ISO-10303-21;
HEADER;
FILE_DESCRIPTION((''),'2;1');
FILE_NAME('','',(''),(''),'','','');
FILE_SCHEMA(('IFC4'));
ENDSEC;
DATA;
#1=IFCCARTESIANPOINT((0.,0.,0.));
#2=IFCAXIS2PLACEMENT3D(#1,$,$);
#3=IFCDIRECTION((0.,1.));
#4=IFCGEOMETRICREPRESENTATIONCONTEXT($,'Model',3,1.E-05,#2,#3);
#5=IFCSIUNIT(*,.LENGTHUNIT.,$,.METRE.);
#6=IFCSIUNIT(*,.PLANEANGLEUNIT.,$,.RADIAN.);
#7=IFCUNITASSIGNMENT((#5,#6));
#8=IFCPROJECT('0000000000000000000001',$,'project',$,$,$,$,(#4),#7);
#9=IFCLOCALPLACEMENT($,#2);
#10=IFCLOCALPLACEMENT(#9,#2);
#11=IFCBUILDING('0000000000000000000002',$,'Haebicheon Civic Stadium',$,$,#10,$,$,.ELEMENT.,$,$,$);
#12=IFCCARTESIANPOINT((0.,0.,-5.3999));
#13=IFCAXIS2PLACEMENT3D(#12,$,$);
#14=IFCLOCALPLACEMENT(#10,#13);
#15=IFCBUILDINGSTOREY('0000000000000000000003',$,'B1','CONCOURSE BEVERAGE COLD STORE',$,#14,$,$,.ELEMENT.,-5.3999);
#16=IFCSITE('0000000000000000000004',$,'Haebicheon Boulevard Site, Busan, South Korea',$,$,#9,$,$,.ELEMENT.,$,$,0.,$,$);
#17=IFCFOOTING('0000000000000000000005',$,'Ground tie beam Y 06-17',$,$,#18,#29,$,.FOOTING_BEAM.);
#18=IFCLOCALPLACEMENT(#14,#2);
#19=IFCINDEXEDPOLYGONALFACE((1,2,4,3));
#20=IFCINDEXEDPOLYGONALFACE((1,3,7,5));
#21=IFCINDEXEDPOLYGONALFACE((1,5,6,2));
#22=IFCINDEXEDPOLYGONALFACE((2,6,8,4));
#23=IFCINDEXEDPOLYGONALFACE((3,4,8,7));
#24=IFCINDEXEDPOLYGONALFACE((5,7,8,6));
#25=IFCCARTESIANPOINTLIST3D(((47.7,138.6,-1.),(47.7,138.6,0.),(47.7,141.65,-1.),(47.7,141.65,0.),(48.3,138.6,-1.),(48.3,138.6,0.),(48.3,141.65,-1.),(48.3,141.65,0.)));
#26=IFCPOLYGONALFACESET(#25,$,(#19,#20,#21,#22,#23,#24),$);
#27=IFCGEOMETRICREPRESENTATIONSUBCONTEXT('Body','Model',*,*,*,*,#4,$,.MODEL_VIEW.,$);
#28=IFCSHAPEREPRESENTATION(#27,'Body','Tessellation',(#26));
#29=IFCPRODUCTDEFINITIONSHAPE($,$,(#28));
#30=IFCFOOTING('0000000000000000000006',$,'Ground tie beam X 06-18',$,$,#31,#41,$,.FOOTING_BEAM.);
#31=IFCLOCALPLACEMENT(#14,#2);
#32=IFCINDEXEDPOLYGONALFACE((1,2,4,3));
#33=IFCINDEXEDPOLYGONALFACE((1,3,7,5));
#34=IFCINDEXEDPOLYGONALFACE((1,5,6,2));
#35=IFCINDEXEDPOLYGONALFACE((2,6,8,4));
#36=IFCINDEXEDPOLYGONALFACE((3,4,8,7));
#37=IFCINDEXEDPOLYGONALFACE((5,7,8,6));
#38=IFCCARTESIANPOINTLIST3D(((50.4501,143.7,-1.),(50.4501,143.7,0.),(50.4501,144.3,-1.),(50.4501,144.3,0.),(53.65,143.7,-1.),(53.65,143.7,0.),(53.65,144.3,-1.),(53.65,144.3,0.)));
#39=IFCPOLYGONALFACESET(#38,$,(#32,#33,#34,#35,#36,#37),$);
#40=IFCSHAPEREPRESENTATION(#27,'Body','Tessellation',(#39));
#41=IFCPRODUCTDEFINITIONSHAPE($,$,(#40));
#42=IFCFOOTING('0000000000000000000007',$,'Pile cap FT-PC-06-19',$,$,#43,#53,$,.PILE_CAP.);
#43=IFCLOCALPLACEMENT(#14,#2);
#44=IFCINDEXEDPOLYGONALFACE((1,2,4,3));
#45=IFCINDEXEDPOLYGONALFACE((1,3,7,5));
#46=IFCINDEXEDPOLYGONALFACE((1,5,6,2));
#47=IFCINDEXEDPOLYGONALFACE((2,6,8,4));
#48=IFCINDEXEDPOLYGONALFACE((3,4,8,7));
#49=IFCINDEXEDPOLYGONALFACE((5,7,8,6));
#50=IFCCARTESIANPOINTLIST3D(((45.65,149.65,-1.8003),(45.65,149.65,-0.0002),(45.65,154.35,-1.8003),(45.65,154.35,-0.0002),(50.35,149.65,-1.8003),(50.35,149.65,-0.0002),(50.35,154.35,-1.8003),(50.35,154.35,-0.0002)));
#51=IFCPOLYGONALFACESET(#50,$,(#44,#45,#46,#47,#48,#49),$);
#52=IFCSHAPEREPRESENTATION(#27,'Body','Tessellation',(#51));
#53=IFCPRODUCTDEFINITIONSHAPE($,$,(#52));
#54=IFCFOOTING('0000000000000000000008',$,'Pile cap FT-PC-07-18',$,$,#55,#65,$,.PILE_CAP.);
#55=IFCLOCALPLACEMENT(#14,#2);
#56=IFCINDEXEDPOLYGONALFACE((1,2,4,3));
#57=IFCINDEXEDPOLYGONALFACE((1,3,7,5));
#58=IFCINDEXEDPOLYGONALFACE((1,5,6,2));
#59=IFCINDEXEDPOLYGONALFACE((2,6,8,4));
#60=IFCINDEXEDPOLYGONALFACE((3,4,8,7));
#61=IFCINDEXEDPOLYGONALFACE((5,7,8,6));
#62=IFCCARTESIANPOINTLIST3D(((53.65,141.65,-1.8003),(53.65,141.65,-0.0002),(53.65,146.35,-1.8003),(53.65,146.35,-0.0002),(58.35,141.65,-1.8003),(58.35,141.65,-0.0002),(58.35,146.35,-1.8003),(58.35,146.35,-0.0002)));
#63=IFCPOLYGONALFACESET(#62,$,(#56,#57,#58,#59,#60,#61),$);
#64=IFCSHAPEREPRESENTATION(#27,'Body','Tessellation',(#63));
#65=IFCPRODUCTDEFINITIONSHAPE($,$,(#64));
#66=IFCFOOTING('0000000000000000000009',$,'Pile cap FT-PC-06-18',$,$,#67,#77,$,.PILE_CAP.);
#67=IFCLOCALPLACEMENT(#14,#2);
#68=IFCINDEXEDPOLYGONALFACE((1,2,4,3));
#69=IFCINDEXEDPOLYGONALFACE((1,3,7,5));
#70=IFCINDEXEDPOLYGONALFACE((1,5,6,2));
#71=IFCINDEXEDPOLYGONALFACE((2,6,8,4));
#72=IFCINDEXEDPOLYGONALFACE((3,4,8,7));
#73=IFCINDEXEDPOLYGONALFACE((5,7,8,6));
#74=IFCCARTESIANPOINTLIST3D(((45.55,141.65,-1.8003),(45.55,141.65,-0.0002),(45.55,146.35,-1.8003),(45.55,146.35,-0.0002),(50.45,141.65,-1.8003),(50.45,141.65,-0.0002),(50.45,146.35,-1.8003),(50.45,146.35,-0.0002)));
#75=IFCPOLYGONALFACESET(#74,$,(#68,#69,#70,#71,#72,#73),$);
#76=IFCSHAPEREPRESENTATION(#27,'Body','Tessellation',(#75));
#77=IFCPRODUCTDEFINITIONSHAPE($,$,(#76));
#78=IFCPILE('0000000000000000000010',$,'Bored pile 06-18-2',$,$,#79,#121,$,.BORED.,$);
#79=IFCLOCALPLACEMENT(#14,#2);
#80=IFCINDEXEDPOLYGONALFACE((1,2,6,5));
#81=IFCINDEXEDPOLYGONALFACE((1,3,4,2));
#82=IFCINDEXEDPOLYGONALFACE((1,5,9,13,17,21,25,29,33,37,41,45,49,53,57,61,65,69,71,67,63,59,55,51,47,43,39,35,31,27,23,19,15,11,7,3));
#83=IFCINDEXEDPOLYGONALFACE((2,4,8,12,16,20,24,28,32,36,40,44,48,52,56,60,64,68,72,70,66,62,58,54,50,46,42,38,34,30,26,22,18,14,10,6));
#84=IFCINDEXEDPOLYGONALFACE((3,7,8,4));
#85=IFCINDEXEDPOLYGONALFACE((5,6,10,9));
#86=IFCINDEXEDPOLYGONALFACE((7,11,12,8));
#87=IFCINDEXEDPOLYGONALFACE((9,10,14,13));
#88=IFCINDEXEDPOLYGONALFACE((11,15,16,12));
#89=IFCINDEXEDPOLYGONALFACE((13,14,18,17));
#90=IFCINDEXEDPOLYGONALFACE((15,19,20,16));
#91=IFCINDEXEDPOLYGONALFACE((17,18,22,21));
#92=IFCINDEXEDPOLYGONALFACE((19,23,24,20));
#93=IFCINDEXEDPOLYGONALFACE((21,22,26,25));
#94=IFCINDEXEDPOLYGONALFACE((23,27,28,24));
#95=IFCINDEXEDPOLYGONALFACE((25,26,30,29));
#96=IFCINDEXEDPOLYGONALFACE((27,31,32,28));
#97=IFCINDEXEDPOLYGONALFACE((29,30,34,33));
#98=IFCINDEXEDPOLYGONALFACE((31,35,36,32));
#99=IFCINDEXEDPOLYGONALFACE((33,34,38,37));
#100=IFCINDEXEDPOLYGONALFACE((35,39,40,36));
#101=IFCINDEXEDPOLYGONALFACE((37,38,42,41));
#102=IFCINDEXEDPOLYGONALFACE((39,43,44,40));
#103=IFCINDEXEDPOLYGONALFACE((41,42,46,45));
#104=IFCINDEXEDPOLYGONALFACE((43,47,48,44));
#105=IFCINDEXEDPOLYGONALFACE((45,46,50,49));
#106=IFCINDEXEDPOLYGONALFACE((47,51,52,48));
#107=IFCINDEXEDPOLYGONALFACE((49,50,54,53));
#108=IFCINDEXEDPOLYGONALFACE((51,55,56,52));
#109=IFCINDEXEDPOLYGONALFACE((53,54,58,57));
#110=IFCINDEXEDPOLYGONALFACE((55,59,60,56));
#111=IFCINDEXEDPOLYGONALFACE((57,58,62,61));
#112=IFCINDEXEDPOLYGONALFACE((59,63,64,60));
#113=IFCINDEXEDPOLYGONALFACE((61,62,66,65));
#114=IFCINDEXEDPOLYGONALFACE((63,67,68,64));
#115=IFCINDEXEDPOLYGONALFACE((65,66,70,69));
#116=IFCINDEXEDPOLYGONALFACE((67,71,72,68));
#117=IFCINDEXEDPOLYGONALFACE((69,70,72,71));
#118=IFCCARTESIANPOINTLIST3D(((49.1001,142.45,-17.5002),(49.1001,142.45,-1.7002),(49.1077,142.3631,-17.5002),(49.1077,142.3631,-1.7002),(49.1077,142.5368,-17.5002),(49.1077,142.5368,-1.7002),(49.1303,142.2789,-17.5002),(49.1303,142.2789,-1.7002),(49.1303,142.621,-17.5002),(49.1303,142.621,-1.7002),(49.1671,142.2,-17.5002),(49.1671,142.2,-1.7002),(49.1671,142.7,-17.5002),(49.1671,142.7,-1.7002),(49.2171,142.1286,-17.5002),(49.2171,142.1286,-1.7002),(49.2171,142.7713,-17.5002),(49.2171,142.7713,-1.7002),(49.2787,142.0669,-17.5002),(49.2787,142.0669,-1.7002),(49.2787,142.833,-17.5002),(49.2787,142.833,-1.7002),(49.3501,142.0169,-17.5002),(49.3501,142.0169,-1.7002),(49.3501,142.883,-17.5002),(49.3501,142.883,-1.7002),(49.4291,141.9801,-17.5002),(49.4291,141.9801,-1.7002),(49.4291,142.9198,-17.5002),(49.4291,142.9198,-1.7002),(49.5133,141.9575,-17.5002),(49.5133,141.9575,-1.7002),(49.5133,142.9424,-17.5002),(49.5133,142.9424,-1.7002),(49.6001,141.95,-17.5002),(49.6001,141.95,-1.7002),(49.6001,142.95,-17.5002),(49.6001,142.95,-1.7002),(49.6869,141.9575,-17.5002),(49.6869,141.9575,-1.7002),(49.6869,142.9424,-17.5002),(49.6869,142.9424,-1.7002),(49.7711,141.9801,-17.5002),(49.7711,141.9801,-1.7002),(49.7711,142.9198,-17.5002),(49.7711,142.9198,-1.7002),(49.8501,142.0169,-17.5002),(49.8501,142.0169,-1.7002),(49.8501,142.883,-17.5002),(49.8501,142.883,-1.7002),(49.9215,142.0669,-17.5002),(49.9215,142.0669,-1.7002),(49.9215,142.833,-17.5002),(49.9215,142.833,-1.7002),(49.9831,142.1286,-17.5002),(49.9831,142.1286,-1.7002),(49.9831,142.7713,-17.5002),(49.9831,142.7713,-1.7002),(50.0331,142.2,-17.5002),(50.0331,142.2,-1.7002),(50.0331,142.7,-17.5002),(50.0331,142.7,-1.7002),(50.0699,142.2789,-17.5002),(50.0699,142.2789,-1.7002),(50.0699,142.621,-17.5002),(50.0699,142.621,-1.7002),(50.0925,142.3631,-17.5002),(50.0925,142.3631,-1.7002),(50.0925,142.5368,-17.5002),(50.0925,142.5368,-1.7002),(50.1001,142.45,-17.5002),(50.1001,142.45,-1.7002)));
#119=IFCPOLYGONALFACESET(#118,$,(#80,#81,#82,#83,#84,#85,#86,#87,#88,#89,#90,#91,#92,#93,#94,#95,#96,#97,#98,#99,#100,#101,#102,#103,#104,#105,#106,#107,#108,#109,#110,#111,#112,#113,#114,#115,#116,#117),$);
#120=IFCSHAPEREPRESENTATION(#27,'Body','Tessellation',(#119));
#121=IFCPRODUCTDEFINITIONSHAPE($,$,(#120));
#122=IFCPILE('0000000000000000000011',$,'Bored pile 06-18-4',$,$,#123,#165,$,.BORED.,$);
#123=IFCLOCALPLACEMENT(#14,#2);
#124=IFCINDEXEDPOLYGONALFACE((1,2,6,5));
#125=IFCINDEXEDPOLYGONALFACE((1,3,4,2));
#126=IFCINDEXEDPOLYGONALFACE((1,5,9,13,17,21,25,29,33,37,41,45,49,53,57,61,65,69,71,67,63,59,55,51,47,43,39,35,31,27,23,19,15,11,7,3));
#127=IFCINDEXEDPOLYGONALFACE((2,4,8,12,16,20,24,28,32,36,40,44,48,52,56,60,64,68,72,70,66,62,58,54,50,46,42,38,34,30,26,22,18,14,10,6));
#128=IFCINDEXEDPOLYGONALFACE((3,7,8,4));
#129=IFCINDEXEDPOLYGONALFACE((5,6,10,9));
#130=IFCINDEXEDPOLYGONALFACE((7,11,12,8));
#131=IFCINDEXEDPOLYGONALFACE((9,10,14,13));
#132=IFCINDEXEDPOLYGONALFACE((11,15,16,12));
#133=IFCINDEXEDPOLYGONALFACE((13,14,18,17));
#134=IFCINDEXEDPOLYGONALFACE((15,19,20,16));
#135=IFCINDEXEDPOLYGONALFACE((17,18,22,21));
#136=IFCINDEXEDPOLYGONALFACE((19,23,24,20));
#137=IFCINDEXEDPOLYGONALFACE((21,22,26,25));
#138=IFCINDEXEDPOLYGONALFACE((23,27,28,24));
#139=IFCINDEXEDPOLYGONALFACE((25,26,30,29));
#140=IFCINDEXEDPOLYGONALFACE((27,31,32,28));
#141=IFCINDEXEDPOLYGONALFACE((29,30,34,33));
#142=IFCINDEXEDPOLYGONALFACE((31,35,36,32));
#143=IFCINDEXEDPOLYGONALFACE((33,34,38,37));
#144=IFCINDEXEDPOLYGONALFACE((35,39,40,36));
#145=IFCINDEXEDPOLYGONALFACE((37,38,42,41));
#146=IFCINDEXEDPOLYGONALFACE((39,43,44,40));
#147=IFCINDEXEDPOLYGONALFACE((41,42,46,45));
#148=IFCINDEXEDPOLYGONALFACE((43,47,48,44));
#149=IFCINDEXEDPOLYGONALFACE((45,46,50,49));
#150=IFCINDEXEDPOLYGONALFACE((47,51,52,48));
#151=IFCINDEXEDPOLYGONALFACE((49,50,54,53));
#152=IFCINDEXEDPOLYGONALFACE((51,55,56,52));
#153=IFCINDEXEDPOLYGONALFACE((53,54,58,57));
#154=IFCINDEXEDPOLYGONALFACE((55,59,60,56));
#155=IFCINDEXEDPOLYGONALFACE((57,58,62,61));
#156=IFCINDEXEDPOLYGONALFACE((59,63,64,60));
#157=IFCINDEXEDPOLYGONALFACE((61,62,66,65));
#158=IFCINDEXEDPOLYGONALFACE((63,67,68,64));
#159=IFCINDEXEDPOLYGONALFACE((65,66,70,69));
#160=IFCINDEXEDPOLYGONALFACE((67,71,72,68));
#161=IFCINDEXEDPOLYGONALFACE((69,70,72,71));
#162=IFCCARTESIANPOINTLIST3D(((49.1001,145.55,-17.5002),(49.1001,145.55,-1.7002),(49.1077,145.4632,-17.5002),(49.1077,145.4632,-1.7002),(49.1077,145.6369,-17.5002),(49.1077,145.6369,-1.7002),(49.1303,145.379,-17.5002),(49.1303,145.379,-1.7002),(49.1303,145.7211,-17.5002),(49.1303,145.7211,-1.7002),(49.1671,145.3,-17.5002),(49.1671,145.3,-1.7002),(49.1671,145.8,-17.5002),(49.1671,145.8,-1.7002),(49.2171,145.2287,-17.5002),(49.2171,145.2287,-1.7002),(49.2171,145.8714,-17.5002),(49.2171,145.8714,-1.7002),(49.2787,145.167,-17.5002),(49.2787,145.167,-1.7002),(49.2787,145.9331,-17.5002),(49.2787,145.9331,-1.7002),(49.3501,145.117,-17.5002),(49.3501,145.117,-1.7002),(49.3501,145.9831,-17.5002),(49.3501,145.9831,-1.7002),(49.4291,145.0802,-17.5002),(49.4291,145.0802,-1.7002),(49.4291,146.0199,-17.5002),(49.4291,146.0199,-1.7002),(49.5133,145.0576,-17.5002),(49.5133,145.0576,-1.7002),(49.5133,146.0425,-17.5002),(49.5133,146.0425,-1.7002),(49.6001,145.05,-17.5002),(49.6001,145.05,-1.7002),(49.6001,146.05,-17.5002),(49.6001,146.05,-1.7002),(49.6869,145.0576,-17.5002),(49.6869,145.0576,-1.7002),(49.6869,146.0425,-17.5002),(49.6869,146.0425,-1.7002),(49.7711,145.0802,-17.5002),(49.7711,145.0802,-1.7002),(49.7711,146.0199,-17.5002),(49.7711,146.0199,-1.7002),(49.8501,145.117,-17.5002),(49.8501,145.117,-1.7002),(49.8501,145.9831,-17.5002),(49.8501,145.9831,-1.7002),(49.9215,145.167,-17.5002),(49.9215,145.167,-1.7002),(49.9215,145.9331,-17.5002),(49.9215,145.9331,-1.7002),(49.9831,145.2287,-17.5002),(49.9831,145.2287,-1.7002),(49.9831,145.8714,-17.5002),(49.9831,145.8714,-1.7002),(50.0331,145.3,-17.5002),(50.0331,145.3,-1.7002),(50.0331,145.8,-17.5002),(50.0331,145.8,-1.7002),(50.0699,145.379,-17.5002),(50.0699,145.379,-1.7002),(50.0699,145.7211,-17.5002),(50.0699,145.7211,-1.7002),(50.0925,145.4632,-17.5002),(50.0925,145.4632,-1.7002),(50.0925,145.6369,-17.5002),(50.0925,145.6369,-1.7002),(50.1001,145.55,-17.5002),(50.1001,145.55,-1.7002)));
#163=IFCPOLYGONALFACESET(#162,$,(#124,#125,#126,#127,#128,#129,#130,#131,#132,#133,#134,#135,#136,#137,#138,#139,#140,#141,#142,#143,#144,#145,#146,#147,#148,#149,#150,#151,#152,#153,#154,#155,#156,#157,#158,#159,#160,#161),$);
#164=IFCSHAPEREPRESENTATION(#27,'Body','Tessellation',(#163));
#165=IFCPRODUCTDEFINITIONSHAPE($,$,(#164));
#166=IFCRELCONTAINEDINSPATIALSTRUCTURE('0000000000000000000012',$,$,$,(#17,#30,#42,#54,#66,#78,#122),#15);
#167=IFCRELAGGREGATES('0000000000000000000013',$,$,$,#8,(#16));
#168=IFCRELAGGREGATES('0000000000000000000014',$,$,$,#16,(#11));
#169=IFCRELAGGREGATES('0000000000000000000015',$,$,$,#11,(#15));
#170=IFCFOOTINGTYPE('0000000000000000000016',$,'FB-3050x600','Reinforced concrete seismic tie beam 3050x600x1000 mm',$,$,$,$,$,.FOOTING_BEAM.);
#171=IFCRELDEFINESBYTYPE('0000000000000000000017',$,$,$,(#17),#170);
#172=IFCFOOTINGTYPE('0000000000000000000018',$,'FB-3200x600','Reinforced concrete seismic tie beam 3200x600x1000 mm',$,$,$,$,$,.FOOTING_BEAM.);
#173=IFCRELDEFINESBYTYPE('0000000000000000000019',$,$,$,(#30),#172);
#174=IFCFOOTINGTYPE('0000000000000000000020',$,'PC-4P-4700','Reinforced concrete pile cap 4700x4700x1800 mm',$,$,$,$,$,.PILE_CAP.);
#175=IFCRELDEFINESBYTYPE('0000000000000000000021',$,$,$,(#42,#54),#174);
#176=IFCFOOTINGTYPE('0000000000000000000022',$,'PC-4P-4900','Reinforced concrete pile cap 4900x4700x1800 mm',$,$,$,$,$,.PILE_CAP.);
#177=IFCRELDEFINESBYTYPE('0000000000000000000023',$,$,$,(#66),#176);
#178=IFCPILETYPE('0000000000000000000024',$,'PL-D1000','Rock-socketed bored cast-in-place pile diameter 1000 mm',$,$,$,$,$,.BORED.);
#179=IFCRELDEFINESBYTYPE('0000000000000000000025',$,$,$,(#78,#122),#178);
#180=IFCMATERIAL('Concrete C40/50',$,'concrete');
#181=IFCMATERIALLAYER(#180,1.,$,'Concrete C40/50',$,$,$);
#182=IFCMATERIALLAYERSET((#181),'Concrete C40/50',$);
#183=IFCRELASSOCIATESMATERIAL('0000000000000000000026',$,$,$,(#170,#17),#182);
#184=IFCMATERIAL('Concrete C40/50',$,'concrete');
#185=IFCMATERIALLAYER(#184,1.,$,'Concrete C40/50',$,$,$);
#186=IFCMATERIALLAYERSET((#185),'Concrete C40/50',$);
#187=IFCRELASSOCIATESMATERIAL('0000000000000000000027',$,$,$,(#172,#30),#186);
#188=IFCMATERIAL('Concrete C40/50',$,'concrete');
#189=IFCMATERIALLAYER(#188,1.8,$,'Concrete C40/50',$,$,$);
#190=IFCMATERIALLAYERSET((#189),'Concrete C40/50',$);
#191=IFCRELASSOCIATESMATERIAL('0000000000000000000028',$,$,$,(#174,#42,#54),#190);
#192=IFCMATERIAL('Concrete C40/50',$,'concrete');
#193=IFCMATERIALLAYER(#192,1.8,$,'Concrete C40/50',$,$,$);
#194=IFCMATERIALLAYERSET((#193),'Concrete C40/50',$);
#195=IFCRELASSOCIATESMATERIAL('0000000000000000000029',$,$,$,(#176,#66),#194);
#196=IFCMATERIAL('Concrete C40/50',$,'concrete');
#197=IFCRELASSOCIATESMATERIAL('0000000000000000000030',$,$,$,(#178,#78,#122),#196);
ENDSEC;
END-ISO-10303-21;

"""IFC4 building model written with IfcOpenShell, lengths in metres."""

from ifc_helpers import new_model, si_unit, direction, frame, origin, origin_2d, place, context, subcontext, project, spatial, rectangle, circle, extrude, material, layer, layer_set, material_profile, profile_set, type_object, element, save


model = new_model("IFC4")

# Units and contexts
model_context = context("Model", 3, precision=1e-05, world=origin(), true_north=direction((0.0, 1.0)))
body_context = subcontext(model_context, "Body", "Model", "MODEL_VIEW")
ifc_project = project(units=[si_unit("LENGTHUNIT", "METRE"), si_unit("PLANEANGLEUNIT", "RADIAN")], contexts=[model_context])

# Site, building, storey
site_placement = place(None, origin())
site = spatial("IfcSite", under=ifc_project, at=site_placement, Name="Haebicheon Boulevard Site, Busan, South Korea", CompositionType="ELEMENT", RefElevation=0.0)
building_placement = place(site_placement, origin())
building = spatial("IfcBuilding", under=site, at=building_placement, Name="Haebicheon Civic Stadium", CompositionType="ELEMENT")
storey_placement = place(building_placement, frame((0.0, 0.0, -5.3999)))
storey = spatial("IfcBuildingStorey", under=building, at=storey_placement, Name="B1", Description="CONCOURSE BEVERAGE COLD STORE", CompositionType="ELEMENT", Elevation=-5.3999)

# Footings
ifc_material_1 = material(Name="Concrete C40/50", Category="concrete")
ifc_layer_1 = layer(ifc_material_1, 1.0, Name="Concrete C40/50")
ifc_layer_set_1 = layer_set([ifc_layer_1], Name="Concrete C40/50")
footing_type_1 = type_object("IfcFootingType", Name="FB-3050x600", Description="Reinforced concrete seismic tie beam 3050x600x1000 mm", PredefinedType="FOOTING_BEAM", material=ifc_layer_set_1)
footing_1_placement = place(storey_placement, frame((48.0, 140.125, -1.0), z_axis=(0.0, 0.0, 1.0), x_axis=(0.0, 1.0, 0.0)))
element("IfcFooting", 1, at=footing_1_placement, inside=storey, type_object=footing_type_1, material=ifc_layer_set_1, Name="Ground tie beam Y 06-17", PredefinedType="FOOTING_BEAM", context=body_context, shape_type="SweptSolid", body=[
    extrude(rectangle(XDim=3.05, YDim=0.6001, at=origin_2d()), origin(), (0.0, 0.0, 1.0), 1.0),
])
ifc_material_2 = material(Name="Concrete C40/50", Category="concrete")
ifc_layer_2 = layer(ifc_material_2, 1.0, Name="Concrete C40/50")
ifc_layer_set_2 = layer_set([ifc_layer_2], Name="Concrete C40/50")
footing_type_2 = type_object("IfcFootingType", Name="FB-3200x600", Description="Reinforced concrete seismic tie beam 3200x600x1000 mm", PredefinedType="FOOTING_BEAM", material=ifc_layer_set_2)
footing_2_placement = place(storey_placement, frame((52.05, 144.0, -1.0), z_axis=(0.0, 0.0, 1.0), x_axis=(1.0, 0.0, 0.0)))
element("IfcFooting", 2, at=footing_2_placement, inside=storey, type_object=footing_type_2, material=ifc_layer_set_2, Name="Ground tie beam X 06-18", PredefinedType="FOOTING_BEAM", context=body_context, shape_type="SweptSolid", body=[
    extrude(rectangle(XDim=3.2, YDim=0.6001, at=origin_2d()), origin(), (0.0, 0.0, 1.0), 1.0),
])
ifc_material_3 = material(Name="Concrete C40/50", Category="concrete")
ifc_layer_3 = layer(ifc_material_3, 1.8, Name="Concrete C40/50")
ifc_layer_set_3 = layer_set([ifc_layer_3], Name="Concrete C40/50")
footing_type_3 = type_object("IfcFootingType", Name="PC-4P-4700", Description="Reinforced concrete pile cap 4700x4700x1800 mm", PredefinedType="PILE_CAP", material=ifc_layer_set_3)
for number, where, z_axis, x_axis, name in (
    (3, (48.0, 152.0, -1.8003), (0.0, 0.0, 1.0), (1.0, 0.0, 0.0), "Pile cap FT-PC-06-19"),
    (4, (56.0, 144.0, -1.8003), (0.0, 0.0, 1.0), (1.0, 0.0, 0.0), "Pile cap FT-PC-07-18"),
):
    element("IfcFooting", number, at=place(storey_placement, frame(where, z_axis=z_axis, x_axis=x_axis)), inside=storey, type_object=footing_type_3, material=ifc_layer_set_3, Name=name, PredefinedType="PILE_CAP", context=body_context, shape_type="SweptSolid", body=[
        extrude(rectangle(XDim=4.7, YDim=4.7, at=origin_2d()), origin(), (0.0, 0.0, 1.0), 1.8),
    ])
ifc_material_4 = material(Name="Concrete C40/50", Category="concrete")
ifc_layer_4 = layer(ifc_material_4, 1.8, Name="Concrete C40/50")
ifc_layer_set_4 = layer_set([ifc_layer_4], Name="Concrete C40/50")
footing_type_4 = type_object("IfcFootingType", Name="PC-4P-4900", Description="Reinforced concrete pile cap 4900x4700x1800 mm", PredefinedType="PILE_CAP", material=ifc_layer_set_4)
footing_3_placement = place(storey_placement, frame((48.0, 144.0, -1.8003), z_axis=(0.0, 0.0, 1.0), x_axis=(1.0, 0.0, 0.0)))
element("IfcFooting", 5, at=footing_3_placement, inside=storey, type_object=footing_type_4, material=ifc_layer_set_4, Name="Pile cap FT-PC-06-18", PredefinedType="PILE_CAP", context=body_context, shape_type="SweptSolid", body=[
    extrude(rectangle(XDim=4.8999, YDim=4.7, at=origin_2d()), origin(), (0.0, 0.0, 1.0), 1.8),
])

# Piles
ifc_material_5 = material(Name="Concrete C40/50", Category="concrete")
ifc_material_profile_1 = material_profile(ifc_material_5, circle(Radius=0.5, at=origin_2d()), Name="PILE-D1000")
ifc_profile_set_1 = profile_set([ifc_material_profile_1], Name="Concrete C40/50")
pile_type = type_object("IfcPileType", Name="PL-D1000", Description="Rock-socketed bored cast-in-place pile diameter 1000 mm", PredefinedType="BORED", material=ifc_profile_set_1)
for number, where, z_axis, x_axis, name in (
    (6, (49.6001, 142.45, -1.7002), (0.0, 0.0, -1.0), (1.0, 0.0, 0.0), "Bored pile 06-18-2"),
    (7, (49.6001, 145.55, -1.7002), (0.0, 0.0, -1.0), (1.0, 0.0, 0.0), "Bored pile 06-18-4"),
):
    element("IfcPile", number, at=place(storey_placement, frame(where, z_axis=z_axis, x_axis=x_axis)), inside=storey, type_object=pile_type, material=ifc_profile_set_1, Name=name, PredefinedType="BORED", context=body_context, shape_type="SweptSolid", body=[
        extrude(circle(Radius=0.5, at=origin_2d()), origin(), (0.0, 0.0, 1.0), 15.8),
    ])

save(model, "model.ifc")
